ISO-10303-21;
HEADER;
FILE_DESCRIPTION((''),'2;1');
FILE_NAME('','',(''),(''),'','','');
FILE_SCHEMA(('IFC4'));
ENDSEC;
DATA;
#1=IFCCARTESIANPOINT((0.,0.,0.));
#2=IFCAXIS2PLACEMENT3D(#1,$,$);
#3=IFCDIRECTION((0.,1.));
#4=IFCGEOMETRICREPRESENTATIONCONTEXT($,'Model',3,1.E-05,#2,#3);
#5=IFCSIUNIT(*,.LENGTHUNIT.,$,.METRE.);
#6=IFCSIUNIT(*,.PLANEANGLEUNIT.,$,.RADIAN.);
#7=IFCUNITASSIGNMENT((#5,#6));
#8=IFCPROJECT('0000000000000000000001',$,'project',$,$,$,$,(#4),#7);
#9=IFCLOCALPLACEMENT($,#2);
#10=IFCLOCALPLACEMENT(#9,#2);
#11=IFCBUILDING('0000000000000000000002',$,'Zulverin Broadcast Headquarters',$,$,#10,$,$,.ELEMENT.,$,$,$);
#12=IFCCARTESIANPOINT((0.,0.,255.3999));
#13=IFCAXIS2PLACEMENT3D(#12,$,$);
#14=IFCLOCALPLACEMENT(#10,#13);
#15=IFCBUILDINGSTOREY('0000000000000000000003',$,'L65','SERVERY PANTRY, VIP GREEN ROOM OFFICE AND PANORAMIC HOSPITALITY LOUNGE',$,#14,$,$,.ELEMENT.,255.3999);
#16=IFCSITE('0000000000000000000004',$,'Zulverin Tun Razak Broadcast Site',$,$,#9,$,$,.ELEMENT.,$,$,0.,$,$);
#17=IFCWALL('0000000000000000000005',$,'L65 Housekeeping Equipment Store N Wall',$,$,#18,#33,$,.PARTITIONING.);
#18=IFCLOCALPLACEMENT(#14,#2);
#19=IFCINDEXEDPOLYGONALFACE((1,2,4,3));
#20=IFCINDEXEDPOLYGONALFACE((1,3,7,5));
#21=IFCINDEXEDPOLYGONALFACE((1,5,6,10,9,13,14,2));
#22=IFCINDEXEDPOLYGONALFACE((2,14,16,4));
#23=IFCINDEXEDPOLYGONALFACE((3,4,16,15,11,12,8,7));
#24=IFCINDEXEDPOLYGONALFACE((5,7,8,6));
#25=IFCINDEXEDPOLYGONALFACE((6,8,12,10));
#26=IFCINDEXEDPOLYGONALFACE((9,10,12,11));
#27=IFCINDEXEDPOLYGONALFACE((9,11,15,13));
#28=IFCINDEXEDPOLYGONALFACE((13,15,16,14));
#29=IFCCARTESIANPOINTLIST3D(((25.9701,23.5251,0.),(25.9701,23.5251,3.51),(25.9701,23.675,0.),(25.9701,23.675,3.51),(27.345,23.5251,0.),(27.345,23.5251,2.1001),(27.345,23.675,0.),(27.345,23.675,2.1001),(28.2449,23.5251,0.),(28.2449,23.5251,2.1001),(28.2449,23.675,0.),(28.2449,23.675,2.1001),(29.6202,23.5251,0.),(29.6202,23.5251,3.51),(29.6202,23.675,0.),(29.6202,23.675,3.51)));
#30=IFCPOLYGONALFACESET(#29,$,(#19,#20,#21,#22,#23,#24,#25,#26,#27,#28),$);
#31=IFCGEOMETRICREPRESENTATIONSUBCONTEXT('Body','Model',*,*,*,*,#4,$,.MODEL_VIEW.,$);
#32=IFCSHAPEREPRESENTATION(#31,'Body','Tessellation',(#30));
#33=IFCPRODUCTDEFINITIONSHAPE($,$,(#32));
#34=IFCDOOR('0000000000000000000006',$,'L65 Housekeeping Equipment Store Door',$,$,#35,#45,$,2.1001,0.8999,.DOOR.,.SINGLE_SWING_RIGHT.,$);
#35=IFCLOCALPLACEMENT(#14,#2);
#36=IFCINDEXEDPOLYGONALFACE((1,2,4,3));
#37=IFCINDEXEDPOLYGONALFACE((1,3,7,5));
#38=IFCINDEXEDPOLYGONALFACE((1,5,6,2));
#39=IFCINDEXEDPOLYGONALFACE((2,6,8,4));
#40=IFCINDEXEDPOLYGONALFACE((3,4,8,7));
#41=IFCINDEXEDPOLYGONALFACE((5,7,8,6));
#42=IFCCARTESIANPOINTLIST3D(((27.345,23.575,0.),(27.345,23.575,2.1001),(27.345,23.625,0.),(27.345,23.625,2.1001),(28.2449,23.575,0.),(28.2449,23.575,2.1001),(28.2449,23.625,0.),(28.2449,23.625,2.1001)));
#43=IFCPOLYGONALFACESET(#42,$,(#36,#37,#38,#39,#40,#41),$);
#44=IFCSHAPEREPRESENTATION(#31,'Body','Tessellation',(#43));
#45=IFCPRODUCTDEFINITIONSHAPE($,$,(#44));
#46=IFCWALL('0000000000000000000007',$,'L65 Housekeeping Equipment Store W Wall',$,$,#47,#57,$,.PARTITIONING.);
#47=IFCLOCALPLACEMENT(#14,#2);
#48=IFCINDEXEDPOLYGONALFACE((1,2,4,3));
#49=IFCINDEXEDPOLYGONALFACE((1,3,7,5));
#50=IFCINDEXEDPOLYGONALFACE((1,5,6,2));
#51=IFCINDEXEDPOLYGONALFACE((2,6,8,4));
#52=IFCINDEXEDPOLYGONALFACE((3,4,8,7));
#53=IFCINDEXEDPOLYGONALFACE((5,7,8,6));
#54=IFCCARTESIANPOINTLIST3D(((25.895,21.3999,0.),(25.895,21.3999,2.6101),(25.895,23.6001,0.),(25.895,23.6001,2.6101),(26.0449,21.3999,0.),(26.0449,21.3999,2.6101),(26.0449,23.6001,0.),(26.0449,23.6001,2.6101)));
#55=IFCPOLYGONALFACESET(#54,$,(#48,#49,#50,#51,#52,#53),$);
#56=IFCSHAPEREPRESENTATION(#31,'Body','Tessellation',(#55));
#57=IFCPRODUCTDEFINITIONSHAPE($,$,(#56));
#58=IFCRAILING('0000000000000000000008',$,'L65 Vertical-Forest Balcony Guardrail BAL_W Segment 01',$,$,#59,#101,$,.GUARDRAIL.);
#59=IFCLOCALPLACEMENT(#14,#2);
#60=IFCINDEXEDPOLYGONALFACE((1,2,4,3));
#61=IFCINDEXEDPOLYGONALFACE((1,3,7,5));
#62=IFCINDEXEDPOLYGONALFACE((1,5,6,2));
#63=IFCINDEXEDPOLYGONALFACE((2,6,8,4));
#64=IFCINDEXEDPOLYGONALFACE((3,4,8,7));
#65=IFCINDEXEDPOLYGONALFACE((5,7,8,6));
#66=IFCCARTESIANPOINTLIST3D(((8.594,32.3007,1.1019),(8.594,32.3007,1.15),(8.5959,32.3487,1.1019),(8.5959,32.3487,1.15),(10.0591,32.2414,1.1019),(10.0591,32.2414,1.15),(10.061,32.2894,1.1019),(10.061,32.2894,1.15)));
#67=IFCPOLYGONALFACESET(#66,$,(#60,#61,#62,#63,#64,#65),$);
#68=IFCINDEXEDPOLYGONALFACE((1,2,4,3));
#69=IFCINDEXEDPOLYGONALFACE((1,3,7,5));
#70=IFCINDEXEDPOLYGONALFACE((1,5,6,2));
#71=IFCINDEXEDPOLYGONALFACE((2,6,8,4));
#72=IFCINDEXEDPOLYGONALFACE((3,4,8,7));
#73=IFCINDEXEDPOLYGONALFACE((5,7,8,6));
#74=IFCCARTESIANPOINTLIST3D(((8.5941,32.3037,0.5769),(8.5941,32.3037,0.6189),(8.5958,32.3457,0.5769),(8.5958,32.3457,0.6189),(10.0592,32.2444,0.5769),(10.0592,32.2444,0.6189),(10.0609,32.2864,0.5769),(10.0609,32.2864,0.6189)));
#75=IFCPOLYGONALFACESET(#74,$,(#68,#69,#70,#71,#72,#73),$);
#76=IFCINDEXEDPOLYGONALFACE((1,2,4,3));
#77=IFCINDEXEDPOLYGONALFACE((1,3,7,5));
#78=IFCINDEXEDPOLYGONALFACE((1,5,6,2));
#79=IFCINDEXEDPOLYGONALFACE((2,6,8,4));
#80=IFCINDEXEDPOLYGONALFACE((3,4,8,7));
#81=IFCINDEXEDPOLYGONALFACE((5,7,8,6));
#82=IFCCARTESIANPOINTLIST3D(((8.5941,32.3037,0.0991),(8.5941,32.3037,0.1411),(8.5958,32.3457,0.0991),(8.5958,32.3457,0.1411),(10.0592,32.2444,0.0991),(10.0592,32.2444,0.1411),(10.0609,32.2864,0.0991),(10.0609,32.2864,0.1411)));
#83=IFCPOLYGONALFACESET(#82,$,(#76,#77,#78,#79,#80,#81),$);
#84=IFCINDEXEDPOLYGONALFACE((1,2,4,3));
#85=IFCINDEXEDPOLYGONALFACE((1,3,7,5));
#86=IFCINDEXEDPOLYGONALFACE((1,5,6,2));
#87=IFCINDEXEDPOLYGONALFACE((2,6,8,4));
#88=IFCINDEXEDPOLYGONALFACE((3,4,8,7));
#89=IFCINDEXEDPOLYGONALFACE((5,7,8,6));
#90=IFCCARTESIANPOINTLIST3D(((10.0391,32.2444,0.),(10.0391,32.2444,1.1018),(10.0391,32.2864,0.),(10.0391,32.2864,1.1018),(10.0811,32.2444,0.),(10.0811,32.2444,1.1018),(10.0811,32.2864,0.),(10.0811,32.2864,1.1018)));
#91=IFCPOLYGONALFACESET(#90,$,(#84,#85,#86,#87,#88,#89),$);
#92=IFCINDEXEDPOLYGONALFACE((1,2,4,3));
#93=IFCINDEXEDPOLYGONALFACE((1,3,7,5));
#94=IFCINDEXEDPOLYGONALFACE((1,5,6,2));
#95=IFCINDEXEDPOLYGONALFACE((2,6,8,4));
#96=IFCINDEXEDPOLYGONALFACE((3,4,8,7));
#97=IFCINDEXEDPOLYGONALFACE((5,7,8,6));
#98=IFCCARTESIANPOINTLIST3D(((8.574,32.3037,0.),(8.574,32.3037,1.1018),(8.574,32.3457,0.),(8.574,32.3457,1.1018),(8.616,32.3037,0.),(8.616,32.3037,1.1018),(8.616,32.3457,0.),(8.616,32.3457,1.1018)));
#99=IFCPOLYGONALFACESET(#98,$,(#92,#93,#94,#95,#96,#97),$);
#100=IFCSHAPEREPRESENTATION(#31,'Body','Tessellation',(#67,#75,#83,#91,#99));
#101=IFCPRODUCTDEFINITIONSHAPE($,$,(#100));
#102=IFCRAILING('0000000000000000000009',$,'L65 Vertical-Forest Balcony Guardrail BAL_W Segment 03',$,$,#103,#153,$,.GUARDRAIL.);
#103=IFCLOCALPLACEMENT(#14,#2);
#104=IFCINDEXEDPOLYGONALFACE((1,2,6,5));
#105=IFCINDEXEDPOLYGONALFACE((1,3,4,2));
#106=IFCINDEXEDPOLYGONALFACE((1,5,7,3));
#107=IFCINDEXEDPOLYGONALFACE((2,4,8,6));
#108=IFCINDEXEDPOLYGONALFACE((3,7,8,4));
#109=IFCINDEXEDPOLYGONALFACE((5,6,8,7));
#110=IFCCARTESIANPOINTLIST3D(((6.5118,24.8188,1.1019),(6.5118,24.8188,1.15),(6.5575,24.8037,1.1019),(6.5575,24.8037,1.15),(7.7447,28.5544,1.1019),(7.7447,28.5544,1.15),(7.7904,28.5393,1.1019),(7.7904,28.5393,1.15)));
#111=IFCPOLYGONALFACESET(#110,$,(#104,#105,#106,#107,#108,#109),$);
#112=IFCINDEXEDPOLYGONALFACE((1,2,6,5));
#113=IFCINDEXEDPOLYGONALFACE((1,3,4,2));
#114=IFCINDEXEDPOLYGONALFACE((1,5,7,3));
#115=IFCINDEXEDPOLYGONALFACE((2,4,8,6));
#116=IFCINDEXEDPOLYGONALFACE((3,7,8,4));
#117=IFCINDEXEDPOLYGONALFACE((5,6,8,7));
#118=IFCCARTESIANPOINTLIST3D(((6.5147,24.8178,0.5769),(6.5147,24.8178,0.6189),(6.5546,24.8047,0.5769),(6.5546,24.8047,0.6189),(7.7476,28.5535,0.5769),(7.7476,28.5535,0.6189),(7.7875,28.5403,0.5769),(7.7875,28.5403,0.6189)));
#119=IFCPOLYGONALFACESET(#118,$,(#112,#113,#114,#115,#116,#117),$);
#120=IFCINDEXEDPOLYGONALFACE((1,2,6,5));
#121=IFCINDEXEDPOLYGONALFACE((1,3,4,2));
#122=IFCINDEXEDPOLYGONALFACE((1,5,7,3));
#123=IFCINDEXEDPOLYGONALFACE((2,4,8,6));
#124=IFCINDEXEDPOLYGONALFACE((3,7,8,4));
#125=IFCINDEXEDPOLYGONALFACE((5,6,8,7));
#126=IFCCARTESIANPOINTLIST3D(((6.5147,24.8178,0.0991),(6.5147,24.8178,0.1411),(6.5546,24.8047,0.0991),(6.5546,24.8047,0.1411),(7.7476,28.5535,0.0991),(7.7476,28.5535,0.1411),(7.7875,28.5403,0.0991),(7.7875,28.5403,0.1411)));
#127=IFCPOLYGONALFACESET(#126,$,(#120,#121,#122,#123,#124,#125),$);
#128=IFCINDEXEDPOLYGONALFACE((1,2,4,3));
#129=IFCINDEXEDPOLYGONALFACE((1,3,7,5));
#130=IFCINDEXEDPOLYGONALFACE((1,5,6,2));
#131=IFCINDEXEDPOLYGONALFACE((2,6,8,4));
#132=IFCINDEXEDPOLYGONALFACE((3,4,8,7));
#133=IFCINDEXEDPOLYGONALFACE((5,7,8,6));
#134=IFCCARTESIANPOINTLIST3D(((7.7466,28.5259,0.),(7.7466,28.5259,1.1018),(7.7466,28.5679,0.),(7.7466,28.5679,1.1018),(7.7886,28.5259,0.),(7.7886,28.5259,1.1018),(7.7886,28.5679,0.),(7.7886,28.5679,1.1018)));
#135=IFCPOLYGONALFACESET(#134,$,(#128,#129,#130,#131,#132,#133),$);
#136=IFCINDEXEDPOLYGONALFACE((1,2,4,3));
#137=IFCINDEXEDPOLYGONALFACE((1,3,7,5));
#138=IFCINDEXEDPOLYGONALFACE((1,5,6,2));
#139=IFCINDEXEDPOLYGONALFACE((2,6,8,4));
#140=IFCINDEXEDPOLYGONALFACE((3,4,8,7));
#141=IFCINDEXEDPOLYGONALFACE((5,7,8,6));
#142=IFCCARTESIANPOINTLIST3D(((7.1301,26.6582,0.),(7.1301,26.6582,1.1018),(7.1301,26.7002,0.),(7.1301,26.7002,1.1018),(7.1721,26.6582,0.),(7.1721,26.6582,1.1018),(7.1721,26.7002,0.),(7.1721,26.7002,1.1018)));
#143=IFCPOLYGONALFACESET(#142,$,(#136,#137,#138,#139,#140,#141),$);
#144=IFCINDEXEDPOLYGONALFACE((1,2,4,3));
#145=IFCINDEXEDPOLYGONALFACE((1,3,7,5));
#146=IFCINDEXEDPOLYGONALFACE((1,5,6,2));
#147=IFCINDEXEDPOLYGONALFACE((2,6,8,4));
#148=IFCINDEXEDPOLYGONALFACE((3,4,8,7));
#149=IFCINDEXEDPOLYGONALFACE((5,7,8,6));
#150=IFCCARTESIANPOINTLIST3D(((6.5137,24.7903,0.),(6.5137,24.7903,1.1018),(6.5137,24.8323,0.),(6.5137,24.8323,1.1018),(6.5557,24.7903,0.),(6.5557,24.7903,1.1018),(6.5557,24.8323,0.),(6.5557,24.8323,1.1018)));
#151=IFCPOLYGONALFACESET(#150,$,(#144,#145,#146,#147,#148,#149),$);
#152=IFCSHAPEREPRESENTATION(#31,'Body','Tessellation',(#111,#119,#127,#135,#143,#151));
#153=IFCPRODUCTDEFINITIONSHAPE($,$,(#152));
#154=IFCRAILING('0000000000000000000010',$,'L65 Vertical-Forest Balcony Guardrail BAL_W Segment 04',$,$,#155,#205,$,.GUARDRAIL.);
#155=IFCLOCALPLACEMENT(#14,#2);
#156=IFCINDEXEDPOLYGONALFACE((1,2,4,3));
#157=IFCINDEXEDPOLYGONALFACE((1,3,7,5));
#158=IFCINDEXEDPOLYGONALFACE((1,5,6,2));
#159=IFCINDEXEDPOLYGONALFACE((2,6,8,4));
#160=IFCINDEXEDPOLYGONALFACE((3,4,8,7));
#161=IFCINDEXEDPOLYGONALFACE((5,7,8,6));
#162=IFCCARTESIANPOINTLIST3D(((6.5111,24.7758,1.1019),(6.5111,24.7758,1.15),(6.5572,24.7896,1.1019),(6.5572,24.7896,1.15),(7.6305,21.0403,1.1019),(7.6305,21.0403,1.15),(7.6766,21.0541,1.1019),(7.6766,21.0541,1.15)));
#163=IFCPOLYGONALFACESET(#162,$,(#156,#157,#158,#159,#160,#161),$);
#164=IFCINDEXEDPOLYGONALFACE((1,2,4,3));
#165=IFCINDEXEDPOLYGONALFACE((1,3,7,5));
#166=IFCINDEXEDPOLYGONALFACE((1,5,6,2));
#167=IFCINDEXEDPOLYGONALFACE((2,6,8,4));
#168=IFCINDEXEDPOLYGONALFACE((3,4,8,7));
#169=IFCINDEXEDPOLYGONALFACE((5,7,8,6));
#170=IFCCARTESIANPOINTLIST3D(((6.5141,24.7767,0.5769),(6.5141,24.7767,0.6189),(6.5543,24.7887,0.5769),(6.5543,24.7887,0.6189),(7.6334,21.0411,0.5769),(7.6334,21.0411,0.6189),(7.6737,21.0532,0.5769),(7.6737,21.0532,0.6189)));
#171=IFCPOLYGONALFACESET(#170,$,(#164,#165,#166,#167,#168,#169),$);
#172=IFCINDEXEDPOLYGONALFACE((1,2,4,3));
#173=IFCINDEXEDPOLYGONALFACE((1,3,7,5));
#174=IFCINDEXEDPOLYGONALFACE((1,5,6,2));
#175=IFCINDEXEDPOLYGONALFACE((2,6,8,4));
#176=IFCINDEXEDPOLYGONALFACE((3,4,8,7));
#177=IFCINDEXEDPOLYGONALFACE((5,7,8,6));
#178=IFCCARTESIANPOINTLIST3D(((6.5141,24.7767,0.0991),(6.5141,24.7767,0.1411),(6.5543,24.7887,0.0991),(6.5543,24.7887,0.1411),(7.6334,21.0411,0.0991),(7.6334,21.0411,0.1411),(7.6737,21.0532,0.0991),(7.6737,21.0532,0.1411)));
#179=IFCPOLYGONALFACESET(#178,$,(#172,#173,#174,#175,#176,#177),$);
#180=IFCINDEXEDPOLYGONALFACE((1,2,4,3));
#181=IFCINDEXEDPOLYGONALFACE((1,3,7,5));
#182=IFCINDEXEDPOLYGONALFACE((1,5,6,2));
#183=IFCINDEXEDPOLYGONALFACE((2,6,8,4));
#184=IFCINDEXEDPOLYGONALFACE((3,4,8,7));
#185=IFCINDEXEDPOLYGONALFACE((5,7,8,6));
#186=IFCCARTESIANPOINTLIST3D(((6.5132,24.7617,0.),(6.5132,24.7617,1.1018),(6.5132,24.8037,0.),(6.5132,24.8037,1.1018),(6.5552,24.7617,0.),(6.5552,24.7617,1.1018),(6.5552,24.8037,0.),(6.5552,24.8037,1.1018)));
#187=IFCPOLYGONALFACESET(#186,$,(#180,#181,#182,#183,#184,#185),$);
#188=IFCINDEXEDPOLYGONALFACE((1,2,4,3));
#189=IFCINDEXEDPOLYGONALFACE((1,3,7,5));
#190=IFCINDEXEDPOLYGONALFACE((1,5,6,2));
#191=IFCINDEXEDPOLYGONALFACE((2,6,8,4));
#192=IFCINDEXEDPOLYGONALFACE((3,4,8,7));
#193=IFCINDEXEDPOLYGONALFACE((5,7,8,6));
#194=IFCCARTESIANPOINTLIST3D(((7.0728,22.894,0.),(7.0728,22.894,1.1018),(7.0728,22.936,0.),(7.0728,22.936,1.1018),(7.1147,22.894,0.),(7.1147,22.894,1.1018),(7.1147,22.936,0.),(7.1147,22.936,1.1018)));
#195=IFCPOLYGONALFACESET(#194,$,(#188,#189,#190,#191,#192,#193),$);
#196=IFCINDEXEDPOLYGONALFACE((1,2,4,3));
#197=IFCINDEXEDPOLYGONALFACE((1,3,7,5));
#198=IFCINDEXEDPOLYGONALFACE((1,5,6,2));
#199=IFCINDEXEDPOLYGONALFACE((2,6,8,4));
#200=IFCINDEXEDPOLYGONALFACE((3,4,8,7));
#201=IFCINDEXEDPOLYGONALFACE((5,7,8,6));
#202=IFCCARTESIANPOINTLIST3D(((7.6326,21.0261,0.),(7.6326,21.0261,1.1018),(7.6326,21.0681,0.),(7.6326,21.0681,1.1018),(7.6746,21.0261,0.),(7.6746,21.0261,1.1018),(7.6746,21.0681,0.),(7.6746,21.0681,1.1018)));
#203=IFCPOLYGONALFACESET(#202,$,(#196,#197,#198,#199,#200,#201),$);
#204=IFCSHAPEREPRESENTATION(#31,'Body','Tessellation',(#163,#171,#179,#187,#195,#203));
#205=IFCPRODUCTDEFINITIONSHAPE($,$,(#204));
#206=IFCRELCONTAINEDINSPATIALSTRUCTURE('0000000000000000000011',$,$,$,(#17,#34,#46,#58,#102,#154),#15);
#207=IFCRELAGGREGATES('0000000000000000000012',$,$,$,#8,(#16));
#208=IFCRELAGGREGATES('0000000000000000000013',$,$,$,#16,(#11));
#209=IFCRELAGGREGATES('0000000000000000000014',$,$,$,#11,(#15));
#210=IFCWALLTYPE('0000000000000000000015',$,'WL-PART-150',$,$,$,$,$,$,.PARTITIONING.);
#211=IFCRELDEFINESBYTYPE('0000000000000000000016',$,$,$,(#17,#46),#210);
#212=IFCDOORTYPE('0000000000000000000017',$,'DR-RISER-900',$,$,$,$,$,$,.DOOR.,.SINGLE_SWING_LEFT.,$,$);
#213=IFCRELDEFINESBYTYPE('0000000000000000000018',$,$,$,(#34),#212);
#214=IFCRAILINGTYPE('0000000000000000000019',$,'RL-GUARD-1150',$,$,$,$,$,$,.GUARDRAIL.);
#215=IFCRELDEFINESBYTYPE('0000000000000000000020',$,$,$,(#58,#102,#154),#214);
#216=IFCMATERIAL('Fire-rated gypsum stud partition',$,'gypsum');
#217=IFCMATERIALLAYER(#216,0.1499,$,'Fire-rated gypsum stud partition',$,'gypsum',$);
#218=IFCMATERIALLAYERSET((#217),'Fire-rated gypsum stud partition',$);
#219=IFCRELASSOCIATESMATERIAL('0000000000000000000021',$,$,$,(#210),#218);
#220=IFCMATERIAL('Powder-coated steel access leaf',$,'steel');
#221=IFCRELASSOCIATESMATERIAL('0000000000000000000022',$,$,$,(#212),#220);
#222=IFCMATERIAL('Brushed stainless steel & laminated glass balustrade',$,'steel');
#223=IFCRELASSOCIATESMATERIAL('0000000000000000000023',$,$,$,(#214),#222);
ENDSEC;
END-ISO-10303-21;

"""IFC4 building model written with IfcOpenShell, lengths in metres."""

from ifc_helpers import new_model, si_unit, direction, frame, frame_2d, origin, origin_2d, place, context, subcontext, project, spatial, rectangle, extrude, material, layer, layer_set, type_object, element, fill, save


model = new_model("IFC4")

# Units and contexts
model_context = context("Model", 3, precision=1e-05, world=origin(), true_north=direction((0.0, 1.0)))
body_context = subcontext(model_context, "Body", "Model", "MODEL_VIEW")
ifc_project = project(units=[si_unit("LENGTHUNIT", "METRE"), si_unit("PLANEANGLEUNIT", "RADIAN")], contexts=[model_context])

# Site, building, storey
site_placement = place(None, origin())
site = spatial("IfcSite", under=ifc_project, at=site_placement, Name="Zulverin Tun Razak Broadcast Site", CompositionType="ELEMENT", RefElevation=0.0)
building_placement = place(site_placement, origin())
building = spatial("IfcBuilding", under=site, at=building_placement, Name="Zulverin Broadcast Headquarters", CompositionType="ELEMENT")
storey_placement = place(building_placement, frame((0.0, 0.0, 255.3999)))
storey = spatial("IfcBuildingStorey", under=building, at=storey_placement, Name="L65", Description="SERVERY PANTRY, VIP GREEN ROOM OFFICE AND PANORAMIC HOSPITALITY LOUNGE", CompositionType="ELEMENT", Elevation=255.3999)

# Shared definitions
ifc_material_1 = material(Name="Fire-rated gypsum stud partition", Category="gypsum")
ifc_layer_1 = layer(ifc_material_1, 0.1499, Name="Fire-rated gypsum stud partition", Category="gypsum")
ifc_layer_set_1 = layer_set([ifc_layer_1], Name="Fire-rated gypsum stud partition")
wall_type = type_object("IfcWallType", Name="WL-PART-150", PredefinedType="PARTITIONING", material=ifc_layer_set_1)
ifc_material_2 = material(Name="Powder-coated steel access leaf", Category="steel")
door_type = type_object("IfcDoorType", Name="DR-RISER-900", OperationType="SINGLE_SWING_LEFT", PredefinedType="DOOR", material=ifc_material_2)

# Wall, opening, door
wall_1_placement = place(storey_placement, frame((25.97, 23.6001, 0.0), z_axis=(0.0, 0.0, 1.0), x_axis=(1.0, 0.0, 0.0)))
wall_1 = element("IfcWall", 1, at=wall_1_placement, inside=storey, type_object=wall_type, Name="L65 Housekeeping Equipment Store N Wall", PredefinedType="PARTITIONING", context=body_context, shape_type="SweptSolid", body=[
    extrude(rectangle(XDim=3.6501, YDim=0.1499, at=frame_2d((1.8252, 0.0))), origin(), (0.0, 0.0, 1.0), 3.51),
])
opening_1_placement = place(wall_1_placement, frame((1.375, 0.0, 0.0)))
opening_1 = element("IfcOpeningElement", 2, at=opening_1_placement, cuts=wall_1, PredefinedType="OPENING", context=body_context, shape_type="SweptSolid", body=[
    extrude(rectangle(XDim=0.8999, YDim=2.1001, at=frame_2d((0.45, 1.05))), frame((0.0, 0.085, 0.0), z_axis=(0.0, -1.0, 0.0), x_axis=(1.0, 0.0, 0.0)), (0.0, 0.0, 1.0), 0.1699),
])
door_1_placement = place(opening_1_placement, origin())
door_1 = element("IfcDoor", 3, at=door_1_placement, inside=storey, type_object=door_type, Name="L65 Housekeeping Equipment Store Door", OperationType="SINGLE_SWING_RIGHT", OverallHeight=2.1001, OverallWidth=0.8999, PredefinedType="DOOR", context=body_context, shape_type="SweptSolid", body=[
    extrude(rectangle(XDim=0.8999, YDim=2.1001, at=frame_2d((0.45, 1.05))), frame((0.0, 0.0249, 0.0), z_axis=(0.0, -1.0, 0.0), x_axis=(1.0, 0.0, 0.0)), (0.0, 0.0, 1.0), 0.05),
])
fill(opening_1, door_1)

# Wall
wall_2_placement = place(storey_placement, frame((25.97, 21.3999, 0.0), z_axis=(0.0, 0.0, 1.0), x_axis=(0.0, 1.0, 0.0)))
element("IfcWall", 4, at=wall_2_placement, inside=storey, type_object=wall_type, Name="L65 Housekeeping Equipment Store W Wall", PredefinedType="PARTITIONING", context=body_context, shape_type="SweptSolid", body=[
    extrude(rectangle(XDim=2.2002, YDim=0.1499, at=frame_2d((1.1001, 0.0))), origin(), (0.0, 0.0, 1.0), 2.6101),
])

# Railings
ifc_material_3 = material(Name="Brushed stainless steel & laminated glass balustrade", Category="steel")
railing_type = type_object("IfcRailingType", Name="RL-GUARD-1150", PredefinedType="GUARDRAIL", material=ifc_material_3)
railing_1_placement = place(storey_placement, frame((10.0601, 32.2654, 0.0)))
element("IfcRailing", 5, at=railing_1_placement, inside=storey, type_object=railing_type, Name="L65 Vertical-Forest Balcony Guardrail BAL_W Segment 01", PredefinedType="GUARDRAIL", context=body_context, shape_type="SweptSolid", body=[
    extrude(rectangle(XDim=0.0481, YDim=0.0481, at=origin_2d()), frame((0.0, 0.0, 1.126), z_axis=(-0.999181, 0.04046, 0.0), x_axis=(-0.04046, -0.999181, 0.0)), (0.0, 0.0, 1.0), 1.4663),
    extrude(rectangle(XDim=0.042, YDim=0.042, at=origin_2d()), frame((0.0, 0.0, 0.5979), z_axis=(-0.999181, 0.04046, 0.0), x_axis=(-0.04046, -0.999181, 0.0)), (0.0, 0.0, 1.0), 1.4663),
    extrude(rectangle(XDim=0.042, YDim=0.042, at=origin_2d()), frame((0.0, 0.0, 0.1201), z_axis=(-0.999181, 0.04046, 0.0), x_axis=(-0.04046, -0.999181, 0.0)), (0.0, 0.0, 1.0), 1.4663),
    extrude(rectangle(XDim=0.042, YDim=0.042, at=origin_2d()), origin(), (0.0, 0.0, 1.0), 1.1018),
    extrude(rectangle(XDim=0.042, YDim=0.042, at=origin_2d()), frame((-1.4651, 0.0593, 0.0)), (0.0, 0.0, 1.0), 1.1018),
])
railing_2_placement = place(storey_placement, frame((7.7676, 28.5469, 0.0)))
element("IfcRailing", 6, at=railing_2_placement, inside=storey, type_object=railing_type, Name="L65 Vertical-Forest Balcony Guardrail BAL_W Segment 03", PredefinedType="GUARDRAIL", context=body_context, shape_type="SweptSolid", body=[
    extrude(rectangle(XDim=0.0481, YDim=0.0481, at=origin_2d()), frame((0.0, 0.0, 1.126), z_axis=(-0.313415, -0.949616, 0.0), x_axis=(0.949616, -0.313415, 0.0)), (0.0, 0.0, 1.0), 3.9338),
    extrude(rectangle(XDim=0.042, YDim=0.042, at=origin_2d()), frame((0.0, 0.0, 0.5979), z_axis=(-0.313415, -0.949616, 0.0), x_axis=(0.949616, -0.313415, 0.0)), (0.0, 0.0, 1.0), 3.9338),
    extrude(rectangle(XDim=0.042, YDim=0.042, at=origin_2d()), frame((0.0, 0.0, 0.1201), z_axis=(-0.313415, -0.949616, 0.0), x_axis=(0.949616, -0.313415, 0.0)), (0.0, 0.0, 1.0), 3.9338),
    extrude(rectangle(XDim=0.042, YDim=0.042, at=origin_2d()), origin(), (0.0, 0.0, 1.0), 1.1018),
    extrude(rectangle(XDim=0.042, YDim=0.042, at=origin_2d()), frame((-0.6165, -1.8677, 0.0)), (0.0, 0.0, 1.0), 1.1018),
    extrude(rectangle(XDim=0.042, YDim=0.042, at=origin_2d()), frame((-1.2329, -3.7356, 0.0)), (0.0, 0.0, 1.0), 1.1018),
])
railing_3_placement = place(storey_placement, frame((6.5342, 24.7827, 0.0)))
element("IfcRailing", 7, at=railing_3_placement, inside=storey, type_object=railing_type, Name="L65 Vertical-Forest Balcony Guardrail BAL_W Segment 04", PredefinedType="GUARDRAIL", context=body_context, shape_type="SweptSolid", body=[
    extrude(rectangle(XDim=0.0481, YDim=0.0481, at=origin_2d()), frame((0.0, 0.0, 1.126), z_axis=(0.287043, -0.957918, 0.0), x_axis=(0.957918, 0.287043, 0.0)), (0.0, 0.0, 1.0), 3.8997),
    extrude(rectangle(XDim=0.042, YDim=0.042, at=origin_2d()), frame((0.0, 0.0, 0.5979), z_axis=(0.287043, -0.957918, 0.0), x_axis=(0.957918, 0.287043, 0.0)), (0.0, 0.0, 1.0), 3.8997),
    extrude(rectangle(XDim=0.042, YDim=0.042, at=origin_2d()), frame((0.0, 0.0, 0.1201), z_axis=(0.287043, -0.957918, 0.0), x_axis=(0.957918, 0.287043, 0.0)), (0.0, 0.0, 1.0), 3.8997),
    extrude(rectangle(XDim=0.042, YDim=0.042, at=origin_2d()), origin(), (0.0, 0.0, 1.0), 1.1018),
    extrude(rectangle(XDim=0.042, YDim=0.042, at=origin_2d()), frame((0.5596, -1.8677, 0.0)), (0.0, 0.0, 1.0), 1.1018),
    extrude(rectangle(XDim=0.042, YDim=0.042, at=origin_2d()), frame((1.1194, -3.7356, 0.0)), (0.0, 0.0, 1.0), 1.1018),
])

save(model, "model.ifc")
